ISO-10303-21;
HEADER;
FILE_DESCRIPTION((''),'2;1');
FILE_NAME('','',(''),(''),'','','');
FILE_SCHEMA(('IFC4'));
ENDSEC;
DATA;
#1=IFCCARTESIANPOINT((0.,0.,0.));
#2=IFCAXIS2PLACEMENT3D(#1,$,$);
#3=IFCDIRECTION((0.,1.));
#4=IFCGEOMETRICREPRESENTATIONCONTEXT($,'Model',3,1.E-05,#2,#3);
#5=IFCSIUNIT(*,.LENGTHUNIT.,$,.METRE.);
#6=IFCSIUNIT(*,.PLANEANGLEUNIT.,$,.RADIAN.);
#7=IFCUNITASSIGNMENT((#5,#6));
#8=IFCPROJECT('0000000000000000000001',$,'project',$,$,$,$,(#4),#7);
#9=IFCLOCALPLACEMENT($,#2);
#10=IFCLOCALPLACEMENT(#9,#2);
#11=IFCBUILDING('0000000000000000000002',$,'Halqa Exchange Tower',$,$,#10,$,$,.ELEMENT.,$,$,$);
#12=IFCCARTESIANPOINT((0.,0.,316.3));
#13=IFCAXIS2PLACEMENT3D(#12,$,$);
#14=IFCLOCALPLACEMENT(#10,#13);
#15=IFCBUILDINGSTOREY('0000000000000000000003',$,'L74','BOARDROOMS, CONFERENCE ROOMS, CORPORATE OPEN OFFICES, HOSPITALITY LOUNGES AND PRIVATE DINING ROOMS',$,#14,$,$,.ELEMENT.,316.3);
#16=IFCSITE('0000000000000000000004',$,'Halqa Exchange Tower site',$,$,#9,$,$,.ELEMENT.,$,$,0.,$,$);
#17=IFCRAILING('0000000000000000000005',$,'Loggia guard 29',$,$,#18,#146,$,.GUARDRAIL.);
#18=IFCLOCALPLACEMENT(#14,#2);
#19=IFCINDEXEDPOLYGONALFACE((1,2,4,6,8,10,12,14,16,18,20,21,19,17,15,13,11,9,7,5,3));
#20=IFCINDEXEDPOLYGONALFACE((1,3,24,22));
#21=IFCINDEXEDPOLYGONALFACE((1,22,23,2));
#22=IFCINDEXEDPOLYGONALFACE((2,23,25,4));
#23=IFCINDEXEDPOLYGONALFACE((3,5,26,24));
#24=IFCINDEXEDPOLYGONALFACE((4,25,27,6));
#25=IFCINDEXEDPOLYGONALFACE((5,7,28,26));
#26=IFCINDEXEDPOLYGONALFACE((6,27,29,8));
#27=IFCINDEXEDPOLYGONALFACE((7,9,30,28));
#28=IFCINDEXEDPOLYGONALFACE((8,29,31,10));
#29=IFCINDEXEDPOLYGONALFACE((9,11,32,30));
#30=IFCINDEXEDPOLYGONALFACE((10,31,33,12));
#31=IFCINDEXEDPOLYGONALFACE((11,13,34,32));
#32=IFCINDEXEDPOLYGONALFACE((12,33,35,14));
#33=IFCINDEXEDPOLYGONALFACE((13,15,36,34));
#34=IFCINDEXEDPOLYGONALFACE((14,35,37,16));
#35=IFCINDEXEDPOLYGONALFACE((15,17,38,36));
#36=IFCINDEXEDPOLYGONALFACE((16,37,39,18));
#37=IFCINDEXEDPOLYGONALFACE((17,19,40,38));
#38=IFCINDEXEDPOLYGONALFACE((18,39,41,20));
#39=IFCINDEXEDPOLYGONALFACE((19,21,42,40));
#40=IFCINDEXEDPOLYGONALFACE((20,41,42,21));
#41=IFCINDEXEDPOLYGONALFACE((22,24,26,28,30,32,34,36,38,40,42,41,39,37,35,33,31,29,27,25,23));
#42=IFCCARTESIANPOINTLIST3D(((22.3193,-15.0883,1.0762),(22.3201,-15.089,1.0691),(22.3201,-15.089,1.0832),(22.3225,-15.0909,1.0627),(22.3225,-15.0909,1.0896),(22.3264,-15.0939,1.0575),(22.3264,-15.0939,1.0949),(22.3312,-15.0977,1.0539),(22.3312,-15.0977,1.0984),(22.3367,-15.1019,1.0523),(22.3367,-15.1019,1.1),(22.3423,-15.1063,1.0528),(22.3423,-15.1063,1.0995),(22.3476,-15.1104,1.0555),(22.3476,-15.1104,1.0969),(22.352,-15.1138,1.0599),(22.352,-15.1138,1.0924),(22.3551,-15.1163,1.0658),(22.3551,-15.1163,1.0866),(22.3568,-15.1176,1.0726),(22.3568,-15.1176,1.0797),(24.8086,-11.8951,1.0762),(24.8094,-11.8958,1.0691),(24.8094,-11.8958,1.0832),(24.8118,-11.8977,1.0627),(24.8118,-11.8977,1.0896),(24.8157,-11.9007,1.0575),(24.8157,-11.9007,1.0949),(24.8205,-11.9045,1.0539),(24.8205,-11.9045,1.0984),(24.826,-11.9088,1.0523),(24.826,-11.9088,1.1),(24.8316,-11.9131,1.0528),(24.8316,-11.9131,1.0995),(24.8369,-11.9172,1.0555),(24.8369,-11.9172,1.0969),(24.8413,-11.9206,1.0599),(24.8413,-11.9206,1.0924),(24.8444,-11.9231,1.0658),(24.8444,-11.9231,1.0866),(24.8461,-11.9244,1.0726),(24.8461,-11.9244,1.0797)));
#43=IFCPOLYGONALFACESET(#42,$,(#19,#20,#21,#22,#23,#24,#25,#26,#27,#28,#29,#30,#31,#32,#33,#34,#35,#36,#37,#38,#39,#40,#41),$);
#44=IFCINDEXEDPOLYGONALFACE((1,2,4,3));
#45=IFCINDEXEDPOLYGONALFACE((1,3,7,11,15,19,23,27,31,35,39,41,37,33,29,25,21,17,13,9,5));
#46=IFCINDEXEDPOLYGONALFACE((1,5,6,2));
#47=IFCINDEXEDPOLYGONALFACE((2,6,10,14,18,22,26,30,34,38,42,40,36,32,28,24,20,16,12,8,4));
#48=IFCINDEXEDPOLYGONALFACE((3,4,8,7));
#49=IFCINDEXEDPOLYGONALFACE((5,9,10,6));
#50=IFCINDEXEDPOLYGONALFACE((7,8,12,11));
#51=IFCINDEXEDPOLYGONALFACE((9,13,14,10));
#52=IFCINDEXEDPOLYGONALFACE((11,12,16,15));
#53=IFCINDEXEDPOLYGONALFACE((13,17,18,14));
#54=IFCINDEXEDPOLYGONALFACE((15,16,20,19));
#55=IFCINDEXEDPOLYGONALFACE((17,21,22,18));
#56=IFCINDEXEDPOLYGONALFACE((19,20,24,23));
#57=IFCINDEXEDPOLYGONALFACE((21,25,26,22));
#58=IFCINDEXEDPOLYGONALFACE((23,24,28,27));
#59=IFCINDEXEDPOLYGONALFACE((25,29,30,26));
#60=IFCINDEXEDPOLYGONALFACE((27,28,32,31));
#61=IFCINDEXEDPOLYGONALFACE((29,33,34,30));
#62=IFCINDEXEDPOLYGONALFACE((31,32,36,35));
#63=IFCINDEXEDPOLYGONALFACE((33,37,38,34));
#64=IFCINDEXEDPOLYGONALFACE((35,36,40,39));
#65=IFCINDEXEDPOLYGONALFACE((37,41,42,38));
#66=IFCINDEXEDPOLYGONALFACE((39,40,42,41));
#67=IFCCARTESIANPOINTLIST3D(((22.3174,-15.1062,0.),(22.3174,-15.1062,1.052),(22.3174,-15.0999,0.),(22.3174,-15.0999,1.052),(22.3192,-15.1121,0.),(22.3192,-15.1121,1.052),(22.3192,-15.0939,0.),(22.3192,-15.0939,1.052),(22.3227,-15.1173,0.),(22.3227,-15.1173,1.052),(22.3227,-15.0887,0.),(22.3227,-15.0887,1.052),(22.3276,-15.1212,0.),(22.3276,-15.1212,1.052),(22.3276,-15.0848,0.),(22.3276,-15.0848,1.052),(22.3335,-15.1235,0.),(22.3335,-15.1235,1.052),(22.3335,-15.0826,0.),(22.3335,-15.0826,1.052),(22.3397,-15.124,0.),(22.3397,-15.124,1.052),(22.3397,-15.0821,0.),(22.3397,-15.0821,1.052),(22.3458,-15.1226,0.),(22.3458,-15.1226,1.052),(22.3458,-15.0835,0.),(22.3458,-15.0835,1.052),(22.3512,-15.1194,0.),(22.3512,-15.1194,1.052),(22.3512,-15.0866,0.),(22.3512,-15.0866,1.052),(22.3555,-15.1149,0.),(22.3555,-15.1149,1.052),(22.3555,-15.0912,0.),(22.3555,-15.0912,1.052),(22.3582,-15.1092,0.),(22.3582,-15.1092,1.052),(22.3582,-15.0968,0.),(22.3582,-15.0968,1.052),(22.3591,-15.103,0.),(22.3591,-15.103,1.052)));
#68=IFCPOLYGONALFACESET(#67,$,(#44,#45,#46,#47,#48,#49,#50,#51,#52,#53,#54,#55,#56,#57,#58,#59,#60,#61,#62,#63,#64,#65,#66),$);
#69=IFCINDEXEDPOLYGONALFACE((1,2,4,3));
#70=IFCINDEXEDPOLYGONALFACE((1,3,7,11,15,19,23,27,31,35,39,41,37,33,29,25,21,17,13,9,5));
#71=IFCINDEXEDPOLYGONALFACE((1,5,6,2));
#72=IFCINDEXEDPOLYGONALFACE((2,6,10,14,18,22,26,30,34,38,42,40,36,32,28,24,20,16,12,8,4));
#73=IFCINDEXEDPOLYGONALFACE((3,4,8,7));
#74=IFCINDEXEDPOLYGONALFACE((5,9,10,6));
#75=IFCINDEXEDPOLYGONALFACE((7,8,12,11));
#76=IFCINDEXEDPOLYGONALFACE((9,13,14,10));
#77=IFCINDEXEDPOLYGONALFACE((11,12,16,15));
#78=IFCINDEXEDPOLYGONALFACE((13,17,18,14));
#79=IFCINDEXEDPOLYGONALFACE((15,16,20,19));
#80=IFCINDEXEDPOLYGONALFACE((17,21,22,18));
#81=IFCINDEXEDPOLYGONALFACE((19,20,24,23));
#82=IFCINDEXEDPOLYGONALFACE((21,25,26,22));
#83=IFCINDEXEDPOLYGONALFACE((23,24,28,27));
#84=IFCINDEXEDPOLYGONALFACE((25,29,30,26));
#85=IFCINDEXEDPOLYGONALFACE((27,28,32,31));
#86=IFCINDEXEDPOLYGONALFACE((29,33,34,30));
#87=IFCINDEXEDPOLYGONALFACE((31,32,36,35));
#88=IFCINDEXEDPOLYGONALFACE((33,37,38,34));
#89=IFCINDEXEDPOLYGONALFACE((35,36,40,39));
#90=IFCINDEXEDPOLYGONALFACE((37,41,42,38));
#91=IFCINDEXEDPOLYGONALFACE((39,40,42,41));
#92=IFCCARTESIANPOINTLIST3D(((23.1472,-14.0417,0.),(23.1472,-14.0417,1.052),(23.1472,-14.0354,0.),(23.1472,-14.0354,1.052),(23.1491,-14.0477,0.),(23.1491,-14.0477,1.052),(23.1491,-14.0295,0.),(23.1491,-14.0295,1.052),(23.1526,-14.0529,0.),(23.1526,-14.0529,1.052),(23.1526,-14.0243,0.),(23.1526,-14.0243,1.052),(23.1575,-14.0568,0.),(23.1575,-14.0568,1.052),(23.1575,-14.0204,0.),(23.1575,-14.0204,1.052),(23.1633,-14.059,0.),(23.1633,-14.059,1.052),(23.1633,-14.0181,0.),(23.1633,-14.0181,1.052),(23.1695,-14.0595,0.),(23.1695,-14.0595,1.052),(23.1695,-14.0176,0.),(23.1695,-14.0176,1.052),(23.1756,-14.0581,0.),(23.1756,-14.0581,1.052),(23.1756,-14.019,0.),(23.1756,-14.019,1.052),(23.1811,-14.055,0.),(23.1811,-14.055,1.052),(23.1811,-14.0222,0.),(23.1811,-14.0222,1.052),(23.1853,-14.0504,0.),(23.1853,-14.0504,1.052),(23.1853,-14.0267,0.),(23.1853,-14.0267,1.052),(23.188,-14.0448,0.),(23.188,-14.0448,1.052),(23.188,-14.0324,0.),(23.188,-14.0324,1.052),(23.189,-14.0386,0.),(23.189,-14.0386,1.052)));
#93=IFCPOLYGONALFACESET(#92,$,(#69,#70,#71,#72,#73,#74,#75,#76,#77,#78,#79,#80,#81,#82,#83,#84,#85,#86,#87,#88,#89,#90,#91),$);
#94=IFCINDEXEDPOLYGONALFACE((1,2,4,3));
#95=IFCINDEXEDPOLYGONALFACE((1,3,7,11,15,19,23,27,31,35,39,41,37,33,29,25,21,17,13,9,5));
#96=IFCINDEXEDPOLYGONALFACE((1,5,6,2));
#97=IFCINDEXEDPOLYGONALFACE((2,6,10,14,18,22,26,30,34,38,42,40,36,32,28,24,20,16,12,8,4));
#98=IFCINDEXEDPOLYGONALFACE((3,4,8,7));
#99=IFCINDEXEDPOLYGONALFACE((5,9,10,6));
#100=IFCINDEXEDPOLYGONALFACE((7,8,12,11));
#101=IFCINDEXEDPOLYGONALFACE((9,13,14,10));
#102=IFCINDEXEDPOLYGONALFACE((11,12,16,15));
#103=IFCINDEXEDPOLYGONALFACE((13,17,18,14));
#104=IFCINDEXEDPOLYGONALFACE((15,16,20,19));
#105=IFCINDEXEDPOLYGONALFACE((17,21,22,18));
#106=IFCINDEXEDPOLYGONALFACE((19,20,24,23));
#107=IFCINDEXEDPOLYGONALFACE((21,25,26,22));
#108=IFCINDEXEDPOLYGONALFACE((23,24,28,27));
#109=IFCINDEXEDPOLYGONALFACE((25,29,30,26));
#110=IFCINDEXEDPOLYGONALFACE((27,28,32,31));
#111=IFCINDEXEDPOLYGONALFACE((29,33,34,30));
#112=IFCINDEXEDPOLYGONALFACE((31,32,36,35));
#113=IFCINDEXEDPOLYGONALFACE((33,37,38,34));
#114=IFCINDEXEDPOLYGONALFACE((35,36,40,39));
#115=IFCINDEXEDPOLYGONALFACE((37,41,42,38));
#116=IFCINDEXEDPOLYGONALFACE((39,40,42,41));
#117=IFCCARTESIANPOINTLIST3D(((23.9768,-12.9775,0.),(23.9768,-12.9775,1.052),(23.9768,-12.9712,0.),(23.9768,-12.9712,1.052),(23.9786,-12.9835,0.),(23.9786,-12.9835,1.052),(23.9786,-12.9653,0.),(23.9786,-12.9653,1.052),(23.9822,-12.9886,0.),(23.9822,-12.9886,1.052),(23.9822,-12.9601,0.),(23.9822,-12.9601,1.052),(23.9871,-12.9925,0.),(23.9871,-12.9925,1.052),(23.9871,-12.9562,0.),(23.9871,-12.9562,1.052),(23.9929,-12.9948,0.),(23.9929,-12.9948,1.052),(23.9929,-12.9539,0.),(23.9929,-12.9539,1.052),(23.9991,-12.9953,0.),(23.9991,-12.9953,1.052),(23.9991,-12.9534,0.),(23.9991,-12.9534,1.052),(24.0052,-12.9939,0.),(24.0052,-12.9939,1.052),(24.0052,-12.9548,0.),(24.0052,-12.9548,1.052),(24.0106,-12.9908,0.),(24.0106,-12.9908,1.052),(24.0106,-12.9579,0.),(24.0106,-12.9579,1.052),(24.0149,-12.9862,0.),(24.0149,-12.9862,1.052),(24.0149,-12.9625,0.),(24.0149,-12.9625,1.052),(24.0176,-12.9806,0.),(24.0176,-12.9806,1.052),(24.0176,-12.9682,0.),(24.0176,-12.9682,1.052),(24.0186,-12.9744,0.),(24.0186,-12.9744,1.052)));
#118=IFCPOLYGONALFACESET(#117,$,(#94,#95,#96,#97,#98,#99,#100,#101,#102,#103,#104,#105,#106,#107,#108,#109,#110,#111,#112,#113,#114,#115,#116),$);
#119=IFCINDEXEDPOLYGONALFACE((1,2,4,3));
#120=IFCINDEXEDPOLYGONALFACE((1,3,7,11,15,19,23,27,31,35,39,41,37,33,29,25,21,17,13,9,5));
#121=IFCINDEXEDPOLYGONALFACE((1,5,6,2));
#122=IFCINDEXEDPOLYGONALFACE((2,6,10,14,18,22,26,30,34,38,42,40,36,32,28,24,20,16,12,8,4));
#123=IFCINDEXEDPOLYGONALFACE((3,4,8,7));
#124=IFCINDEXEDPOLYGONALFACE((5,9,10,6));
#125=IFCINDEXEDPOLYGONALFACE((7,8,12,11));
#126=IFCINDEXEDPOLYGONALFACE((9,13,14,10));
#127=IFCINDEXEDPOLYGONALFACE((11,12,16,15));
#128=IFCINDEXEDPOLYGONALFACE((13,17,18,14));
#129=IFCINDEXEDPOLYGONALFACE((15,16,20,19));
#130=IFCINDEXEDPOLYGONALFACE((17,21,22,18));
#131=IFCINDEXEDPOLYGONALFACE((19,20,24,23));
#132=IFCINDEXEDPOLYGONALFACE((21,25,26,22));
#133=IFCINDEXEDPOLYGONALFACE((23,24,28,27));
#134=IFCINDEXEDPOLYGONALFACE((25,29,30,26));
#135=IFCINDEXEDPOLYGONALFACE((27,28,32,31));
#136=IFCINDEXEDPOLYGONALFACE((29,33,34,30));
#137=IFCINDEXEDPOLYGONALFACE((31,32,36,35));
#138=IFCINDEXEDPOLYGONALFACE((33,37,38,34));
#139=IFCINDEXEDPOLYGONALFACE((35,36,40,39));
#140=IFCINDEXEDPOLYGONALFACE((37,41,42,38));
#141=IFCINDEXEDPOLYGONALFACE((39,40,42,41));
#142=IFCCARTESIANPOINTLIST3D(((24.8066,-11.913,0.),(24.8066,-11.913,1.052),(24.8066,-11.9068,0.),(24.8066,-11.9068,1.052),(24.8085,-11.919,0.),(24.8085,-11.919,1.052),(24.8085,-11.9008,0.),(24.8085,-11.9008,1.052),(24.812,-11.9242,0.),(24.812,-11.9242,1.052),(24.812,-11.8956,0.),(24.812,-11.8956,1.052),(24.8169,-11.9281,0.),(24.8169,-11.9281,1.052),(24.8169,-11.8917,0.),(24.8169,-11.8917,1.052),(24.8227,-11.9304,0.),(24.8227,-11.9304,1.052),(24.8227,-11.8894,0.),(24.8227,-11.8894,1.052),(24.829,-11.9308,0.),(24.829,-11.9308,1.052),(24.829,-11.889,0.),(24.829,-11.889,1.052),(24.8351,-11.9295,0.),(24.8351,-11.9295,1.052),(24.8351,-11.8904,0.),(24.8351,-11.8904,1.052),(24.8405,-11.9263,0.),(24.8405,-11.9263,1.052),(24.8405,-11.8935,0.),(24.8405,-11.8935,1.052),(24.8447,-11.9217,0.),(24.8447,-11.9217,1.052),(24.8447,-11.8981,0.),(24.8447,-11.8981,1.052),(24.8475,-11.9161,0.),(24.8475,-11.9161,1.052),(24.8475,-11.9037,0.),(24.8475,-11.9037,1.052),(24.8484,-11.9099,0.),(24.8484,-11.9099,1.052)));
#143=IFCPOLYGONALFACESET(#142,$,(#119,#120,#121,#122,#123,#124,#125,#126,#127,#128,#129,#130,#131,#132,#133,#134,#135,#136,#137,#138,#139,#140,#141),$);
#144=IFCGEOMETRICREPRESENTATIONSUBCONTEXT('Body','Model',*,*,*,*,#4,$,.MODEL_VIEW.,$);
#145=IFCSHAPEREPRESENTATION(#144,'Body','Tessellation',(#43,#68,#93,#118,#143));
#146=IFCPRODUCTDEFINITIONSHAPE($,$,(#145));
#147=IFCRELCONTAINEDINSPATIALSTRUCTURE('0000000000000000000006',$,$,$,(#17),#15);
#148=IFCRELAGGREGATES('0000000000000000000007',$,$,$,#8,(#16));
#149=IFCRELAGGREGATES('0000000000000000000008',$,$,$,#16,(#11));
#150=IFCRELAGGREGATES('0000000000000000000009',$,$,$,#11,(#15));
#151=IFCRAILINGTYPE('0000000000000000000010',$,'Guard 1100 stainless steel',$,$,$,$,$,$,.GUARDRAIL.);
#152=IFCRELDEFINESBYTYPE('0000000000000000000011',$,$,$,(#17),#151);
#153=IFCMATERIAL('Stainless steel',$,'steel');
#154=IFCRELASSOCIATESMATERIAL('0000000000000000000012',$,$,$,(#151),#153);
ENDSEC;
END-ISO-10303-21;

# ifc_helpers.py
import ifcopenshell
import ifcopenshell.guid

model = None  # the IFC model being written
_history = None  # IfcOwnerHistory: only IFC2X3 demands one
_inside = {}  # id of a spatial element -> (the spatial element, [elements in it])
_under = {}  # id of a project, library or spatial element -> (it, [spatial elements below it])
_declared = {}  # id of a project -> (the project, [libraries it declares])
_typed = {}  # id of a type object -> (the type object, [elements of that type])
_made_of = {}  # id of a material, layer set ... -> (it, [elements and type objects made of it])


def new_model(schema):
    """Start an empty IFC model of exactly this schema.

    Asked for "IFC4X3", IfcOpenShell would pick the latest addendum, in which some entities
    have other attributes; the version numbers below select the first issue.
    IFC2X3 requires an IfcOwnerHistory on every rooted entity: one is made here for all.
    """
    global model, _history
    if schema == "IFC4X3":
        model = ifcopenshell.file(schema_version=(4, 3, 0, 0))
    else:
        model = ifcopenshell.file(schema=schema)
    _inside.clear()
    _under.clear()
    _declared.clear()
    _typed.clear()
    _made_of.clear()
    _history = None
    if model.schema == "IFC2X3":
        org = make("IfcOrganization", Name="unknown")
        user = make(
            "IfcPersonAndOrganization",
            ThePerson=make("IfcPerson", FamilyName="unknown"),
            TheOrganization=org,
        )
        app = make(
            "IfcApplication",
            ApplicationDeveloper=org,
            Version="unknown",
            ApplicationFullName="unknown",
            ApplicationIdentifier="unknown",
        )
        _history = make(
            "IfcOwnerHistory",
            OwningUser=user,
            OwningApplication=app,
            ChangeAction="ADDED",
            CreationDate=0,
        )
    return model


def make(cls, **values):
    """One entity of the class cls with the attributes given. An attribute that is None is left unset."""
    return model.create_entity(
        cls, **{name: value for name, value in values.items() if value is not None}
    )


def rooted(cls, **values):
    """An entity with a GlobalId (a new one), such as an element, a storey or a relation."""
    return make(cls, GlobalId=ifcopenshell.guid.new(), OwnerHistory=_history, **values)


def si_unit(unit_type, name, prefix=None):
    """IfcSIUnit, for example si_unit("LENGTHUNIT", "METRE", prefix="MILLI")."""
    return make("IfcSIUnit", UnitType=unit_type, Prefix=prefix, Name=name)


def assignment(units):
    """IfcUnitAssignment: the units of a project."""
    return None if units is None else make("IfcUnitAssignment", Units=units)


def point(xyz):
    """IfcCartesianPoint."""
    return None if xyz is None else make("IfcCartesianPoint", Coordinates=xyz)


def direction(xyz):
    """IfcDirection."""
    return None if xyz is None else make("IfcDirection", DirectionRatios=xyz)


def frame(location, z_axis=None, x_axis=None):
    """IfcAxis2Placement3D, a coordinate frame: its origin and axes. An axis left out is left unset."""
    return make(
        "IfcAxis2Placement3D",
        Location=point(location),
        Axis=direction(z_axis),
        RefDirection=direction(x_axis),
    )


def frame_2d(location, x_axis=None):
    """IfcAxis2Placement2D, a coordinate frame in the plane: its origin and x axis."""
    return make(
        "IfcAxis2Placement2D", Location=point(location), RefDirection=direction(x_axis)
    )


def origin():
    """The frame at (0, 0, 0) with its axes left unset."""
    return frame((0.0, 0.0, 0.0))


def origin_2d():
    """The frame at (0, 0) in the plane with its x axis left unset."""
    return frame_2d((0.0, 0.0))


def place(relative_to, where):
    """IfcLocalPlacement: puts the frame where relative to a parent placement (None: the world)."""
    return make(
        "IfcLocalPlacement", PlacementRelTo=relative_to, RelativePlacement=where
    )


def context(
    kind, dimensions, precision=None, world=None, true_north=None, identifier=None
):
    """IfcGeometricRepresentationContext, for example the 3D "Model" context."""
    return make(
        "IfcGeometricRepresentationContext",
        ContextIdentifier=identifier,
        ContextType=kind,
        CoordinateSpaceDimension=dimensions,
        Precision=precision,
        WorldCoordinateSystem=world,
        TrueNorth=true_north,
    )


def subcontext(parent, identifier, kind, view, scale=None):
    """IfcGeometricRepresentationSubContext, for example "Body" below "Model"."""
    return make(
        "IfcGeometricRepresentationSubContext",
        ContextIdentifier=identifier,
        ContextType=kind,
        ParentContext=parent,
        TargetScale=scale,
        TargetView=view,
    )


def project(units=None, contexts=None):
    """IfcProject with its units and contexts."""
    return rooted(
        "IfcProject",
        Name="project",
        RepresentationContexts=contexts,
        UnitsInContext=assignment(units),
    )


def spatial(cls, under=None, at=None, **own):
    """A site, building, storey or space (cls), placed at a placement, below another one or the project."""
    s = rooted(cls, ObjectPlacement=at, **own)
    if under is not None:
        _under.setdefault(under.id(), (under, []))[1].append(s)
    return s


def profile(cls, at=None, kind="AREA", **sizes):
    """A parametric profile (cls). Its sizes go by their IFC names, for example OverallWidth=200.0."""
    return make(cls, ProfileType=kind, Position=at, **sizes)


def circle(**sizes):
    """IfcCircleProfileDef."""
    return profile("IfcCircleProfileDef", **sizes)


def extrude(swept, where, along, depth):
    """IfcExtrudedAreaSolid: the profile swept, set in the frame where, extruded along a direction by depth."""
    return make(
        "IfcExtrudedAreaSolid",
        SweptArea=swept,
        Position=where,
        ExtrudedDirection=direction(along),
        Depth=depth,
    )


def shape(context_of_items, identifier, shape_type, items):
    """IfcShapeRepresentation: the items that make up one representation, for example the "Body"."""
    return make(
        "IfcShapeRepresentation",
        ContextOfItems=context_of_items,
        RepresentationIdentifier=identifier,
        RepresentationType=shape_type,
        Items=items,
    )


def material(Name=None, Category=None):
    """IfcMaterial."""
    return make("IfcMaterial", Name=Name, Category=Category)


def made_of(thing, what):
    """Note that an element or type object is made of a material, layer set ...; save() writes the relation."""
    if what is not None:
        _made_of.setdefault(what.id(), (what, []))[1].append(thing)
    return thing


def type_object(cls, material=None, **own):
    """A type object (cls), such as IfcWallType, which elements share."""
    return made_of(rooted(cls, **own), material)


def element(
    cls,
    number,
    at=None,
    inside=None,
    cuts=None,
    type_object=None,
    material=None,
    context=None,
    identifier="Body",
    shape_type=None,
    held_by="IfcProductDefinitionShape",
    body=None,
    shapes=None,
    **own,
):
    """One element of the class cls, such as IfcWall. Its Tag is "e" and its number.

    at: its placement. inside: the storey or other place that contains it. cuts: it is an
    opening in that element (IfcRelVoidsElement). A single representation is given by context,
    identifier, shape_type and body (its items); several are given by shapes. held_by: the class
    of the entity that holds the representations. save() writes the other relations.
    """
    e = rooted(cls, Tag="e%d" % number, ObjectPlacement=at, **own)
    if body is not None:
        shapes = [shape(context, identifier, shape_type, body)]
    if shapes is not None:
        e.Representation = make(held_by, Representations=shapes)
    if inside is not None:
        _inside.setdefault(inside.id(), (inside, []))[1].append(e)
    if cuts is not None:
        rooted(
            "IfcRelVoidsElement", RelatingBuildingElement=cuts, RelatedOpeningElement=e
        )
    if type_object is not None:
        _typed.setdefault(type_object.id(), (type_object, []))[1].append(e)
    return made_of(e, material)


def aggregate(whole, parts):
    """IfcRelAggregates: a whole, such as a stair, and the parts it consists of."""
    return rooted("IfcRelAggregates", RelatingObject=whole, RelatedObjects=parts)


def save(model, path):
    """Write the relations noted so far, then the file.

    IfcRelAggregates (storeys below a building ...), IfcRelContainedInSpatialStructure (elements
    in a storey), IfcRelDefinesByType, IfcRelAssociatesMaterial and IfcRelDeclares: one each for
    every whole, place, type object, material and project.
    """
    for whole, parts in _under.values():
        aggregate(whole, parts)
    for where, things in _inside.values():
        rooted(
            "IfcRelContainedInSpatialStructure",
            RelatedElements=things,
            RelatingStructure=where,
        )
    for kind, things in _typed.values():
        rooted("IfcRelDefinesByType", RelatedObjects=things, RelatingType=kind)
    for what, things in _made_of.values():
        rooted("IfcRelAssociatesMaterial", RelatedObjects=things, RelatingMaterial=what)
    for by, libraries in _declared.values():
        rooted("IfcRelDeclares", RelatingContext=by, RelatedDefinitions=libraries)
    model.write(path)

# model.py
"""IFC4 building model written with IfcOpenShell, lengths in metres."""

from ifc_helpers import new_model, si_unit, direction, frame, origin, origin_2d, place, context, subcontext, project, spatial, circle, extrude, material, type_object, element, save


model = new_model("IFC4")

# Units and contexts
model_context = context("Model", 3, precision=1e-05, world=origin(), true_north=direction((0.0, 1.0)))
body_context = subcontext(model_context, "Body", "Model", "MODEL_VIEW")
ifc_project = project(units=[si_unit("LENGTHUNIT", "METRE"), si_unit("PLANEANGLEUNIT", "RADIAN")], contexts=[model_context])

# Site, building, storey
site_placement = place(None, origin())
site = spatial("IfcSite", under=ifc_project, at=site_placement, Name="Halqa Exchange Tower site", CompositionType="ELEMENT", RefElevation=0.0)
building_placement = place(site_placement, origin())
building = spatial("IfcBuilding", under=site, at=building_placement, Name="Halqa Exchange Tower", CompositionType="ELEMENT")
storey_placement = place(building_placement, frame((0.0, 0.0, 316.3)))
storey = spatial("IfcBuildingStorey", under=building, at=storey_placement, Name="L74", Description="BOARDROOMS, CONFERENCE ROOMS, CORPORATE OPEN OFFICES, HOSPITALITY LOUNGES AND PRIVATE DINING ROOMS", CompositionType="ELEMENT", Elevation=316.3)

# Railing
ifc_material_1 = material(Name="Stainless steel", Category="steel")
railing_type = type_object("IfcRailingType", Name="Guard 1100 stainless steel", PredefinedType="GUARDRAIL", material=ifc_material_1)
railing_1_placement = place(storey_placement, frame((22.3381, -15.103, 0.0)))
element("IfcRailing", 1, at=railing_1_placement, inside=storey, type_object=railing_type, Name="Loggia guard 29", PredefinedType="GUARDRAIL", context=body_context, shape_type="SweptSolid", body=[
    extrude(circle(Radius=0.0239, at=origin_2d()), frame((0.0, 0.0, 1.0762), z_axis=(0.614821, 0.788667, 0.0), x_axis=(-0.788667, 0.614821, 0.0)), (0.0, 0.0, 1.0), 4.0488),
    extrude(circle(Radius=0.021, at=origin_2d()), origin(), (0.0, 0.0, 1.0), 1.052),
    extrude(circle(Radius=0.021, at=origin_2d()), frame((0.8298, 1.0645, 0.0)), (0.0, 0.0, 1.0), 1.052),
    extrude(circle(Radius=0.021, at=origin_2d()), frame((1.6594, 2.1287, 0.0)), (0.0, 0.0, 1.0), 1.052),
    extrude(circle(Radius=0.021, at=origin_2d()), frame((2.4893, 3.1931, 0.0)), (0.0, 0.0, 1.0), 1.052),
])

save(model, "model.ifc")
